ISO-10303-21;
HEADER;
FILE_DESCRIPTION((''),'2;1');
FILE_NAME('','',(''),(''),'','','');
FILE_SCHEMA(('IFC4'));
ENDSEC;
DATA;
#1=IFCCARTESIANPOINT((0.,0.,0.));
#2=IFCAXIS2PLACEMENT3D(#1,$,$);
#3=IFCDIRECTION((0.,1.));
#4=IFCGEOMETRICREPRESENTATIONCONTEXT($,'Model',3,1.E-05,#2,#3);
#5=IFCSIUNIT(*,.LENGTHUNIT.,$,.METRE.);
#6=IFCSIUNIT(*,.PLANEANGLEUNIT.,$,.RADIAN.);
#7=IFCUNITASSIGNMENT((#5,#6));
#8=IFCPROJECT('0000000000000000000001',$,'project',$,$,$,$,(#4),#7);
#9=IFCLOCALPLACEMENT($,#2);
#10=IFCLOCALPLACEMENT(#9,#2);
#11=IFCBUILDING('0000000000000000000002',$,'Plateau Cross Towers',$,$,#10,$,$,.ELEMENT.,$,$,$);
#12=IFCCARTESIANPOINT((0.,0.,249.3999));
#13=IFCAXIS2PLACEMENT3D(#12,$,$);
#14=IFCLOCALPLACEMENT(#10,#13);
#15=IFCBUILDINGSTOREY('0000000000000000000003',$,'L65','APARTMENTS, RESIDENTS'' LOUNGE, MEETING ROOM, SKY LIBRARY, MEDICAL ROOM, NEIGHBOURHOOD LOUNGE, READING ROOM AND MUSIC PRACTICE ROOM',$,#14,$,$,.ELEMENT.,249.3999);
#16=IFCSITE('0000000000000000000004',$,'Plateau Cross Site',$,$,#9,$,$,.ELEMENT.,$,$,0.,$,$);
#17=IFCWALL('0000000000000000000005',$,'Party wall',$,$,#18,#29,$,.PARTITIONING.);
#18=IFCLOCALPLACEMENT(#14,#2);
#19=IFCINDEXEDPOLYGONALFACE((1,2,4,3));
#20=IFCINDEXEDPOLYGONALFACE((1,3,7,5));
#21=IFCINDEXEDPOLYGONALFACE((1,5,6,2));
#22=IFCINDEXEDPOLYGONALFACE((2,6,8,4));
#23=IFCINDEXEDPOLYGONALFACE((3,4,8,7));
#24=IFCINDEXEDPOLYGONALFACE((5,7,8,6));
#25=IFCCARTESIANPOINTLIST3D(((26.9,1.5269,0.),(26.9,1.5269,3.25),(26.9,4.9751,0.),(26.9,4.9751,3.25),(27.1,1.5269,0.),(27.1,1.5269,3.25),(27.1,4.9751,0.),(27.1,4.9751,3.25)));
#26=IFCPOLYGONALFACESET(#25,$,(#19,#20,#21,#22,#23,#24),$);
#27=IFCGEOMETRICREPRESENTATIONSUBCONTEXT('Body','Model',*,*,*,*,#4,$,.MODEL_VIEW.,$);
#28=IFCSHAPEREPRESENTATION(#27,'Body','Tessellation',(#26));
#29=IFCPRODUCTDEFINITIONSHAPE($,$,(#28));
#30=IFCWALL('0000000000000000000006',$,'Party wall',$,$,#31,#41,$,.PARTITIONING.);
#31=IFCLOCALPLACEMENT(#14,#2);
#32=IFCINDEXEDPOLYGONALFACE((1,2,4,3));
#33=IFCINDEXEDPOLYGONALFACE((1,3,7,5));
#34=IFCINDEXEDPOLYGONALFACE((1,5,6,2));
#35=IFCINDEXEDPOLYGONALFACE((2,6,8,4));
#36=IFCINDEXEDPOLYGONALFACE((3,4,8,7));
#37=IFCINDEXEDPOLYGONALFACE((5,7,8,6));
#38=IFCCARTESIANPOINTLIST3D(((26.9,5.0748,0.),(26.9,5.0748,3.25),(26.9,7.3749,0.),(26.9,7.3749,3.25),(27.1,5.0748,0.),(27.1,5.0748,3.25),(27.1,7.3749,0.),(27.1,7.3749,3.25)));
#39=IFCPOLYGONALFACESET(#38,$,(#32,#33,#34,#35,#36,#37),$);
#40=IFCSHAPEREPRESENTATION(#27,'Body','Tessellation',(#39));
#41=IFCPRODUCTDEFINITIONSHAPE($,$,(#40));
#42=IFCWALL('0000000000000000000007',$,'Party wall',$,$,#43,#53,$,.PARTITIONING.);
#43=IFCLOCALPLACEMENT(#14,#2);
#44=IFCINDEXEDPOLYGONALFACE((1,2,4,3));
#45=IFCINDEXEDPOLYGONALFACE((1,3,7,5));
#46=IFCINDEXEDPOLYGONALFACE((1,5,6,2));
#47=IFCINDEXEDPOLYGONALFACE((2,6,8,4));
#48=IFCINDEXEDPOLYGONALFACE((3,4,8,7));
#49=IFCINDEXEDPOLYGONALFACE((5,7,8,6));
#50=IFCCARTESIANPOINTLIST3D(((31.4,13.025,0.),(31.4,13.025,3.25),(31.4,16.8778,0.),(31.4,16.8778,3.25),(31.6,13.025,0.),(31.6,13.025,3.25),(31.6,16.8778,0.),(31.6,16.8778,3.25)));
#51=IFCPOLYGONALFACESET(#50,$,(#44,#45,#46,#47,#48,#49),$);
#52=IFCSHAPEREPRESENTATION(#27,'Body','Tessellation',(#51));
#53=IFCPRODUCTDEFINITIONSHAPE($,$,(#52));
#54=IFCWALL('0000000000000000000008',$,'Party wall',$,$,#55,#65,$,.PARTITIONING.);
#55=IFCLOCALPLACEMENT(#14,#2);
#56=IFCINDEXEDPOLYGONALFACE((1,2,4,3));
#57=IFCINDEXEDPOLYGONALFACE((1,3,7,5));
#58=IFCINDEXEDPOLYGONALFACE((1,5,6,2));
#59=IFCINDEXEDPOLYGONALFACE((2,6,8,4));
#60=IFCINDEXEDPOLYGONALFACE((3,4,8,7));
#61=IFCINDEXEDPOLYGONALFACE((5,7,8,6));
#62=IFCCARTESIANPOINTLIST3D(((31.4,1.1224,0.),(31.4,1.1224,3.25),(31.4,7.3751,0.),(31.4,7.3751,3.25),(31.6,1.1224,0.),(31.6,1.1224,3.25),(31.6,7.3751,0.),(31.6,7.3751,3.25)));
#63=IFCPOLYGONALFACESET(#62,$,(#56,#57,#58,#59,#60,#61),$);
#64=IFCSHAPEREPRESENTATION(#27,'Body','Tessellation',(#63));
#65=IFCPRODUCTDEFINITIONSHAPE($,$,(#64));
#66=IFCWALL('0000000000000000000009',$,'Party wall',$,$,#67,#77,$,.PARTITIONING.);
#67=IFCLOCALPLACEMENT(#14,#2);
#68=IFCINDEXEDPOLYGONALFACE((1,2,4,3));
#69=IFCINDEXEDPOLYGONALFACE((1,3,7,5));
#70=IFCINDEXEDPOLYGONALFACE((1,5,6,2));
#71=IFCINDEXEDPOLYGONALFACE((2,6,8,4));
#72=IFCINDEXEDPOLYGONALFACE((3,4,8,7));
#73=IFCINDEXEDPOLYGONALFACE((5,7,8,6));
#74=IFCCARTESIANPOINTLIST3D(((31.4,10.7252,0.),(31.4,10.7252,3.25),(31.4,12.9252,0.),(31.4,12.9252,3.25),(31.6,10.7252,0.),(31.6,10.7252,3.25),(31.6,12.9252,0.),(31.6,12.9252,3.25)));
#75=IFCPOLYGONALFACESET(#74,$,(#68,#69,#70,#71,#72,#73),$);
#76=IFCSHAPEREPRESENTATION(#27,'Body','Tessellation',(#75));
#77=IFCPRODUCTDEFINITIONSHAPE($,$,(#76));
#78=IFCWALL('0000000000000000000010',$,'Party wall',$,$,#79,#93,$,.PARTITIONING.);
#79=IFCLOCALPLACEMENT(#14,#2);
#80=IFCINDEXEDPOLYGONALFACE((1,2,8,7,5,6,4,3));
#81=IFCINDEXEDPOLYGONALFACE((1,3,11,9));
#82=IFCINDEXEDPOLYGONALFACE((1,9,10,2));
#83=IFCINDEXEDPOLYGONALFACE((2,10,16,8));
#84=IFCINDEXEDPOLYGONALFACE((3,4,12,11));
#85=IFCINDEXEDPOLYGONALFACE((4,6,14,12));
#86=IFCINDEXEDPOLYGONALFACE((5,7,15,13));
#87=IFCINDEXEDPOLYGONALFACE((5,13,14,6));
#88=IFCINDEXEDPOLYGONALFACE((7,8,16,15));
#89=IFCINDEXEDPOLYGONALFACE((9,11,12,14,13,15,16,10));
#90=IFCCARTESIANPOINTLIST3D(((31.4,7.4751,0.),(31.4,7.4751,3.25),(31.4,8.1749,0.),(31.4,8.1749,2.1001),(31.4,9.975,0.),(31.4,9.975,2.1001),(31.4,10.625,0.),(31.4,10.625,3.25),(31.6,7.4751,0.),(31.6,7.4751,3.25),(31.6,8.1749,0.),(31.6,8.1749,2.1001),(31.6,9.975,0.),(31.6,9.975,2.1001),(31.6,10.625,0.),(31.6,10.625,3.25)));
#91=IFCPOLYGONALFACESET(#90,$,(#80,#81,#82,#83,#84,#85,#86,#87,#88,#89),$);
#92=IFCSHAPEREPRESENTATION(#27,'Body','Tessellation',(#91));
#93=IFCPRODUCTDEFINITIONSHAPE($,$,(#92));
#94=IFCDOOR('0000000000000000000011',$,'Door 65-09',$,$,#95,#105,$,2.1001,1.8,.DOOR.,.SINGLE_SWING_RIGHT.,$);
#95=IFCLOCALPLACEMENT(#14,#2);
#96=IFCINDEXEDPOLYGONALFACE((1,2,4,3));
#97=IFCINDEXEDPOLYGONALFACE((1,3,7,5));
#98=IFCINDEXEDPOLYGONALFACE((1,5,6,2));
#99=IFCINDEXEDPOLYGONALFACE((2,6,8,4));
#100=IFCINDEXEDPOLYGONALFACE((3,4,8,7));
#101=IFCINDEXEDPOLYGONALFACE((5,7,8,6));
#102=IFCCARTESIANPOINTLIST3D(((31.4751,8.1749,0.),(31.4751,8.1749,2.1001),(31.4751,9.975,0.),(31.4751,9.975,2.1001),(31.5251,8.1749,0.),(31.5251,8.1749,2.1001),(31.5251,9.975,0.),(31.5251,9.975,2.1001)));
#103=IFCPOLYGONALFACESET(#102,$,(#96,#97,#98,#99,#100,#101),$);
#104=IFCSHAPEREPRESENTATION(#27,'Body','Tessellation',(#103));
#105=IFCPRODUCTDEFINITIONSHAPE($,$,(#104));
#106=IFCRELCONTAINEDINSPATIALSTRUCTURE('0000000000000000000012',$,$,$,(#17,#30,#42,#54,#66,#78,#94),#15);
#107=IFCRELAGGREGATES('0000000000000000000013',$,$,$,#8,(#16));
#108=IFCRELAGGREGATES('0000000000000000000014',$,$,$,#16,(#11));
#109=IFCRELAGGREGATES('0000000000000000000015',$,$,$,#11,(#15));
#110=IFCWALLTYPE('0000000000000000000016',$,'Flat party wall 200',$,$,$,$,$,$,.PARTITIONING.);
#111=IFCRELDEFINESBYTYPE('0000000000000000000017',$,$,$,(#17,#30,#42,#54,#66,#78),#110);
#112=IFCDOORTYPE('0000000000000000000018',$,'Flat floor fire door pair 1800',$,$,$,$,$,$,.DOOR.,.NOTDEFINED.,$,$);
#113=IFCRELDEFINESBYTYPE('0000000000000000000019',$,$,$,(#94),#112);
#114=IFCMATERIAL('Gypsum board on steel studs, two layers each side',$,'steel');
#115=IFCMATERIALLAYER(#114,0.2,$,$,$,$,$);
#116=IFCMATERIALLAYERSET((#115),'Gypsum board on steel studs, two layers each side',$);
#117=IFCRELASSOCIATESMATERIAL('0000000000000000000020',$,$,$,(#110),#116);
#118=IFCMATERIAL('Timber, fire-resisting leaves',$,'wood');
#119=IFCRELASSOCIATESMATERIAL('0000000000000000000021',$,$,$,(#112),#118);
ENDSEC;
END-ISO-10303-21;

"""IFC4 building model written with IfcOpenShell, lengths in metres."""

from ifc_helpers import new_model, si_unit, direction, frame, frame_2d, origin, place, context, subcontext, project, spatial, rectangle, extrude, material, layer, layer_set, type_object, element, fill, save


model = new_model("IFC4")

# Units and contexts
model_context = context("Model", 3, precision=1e-05, world=origin(), true_north=direction((0.0, 1.0)))
body_context = subcontext(model_context, "Body", "Model", "MODEL_VIEW")
ifc_project = project(units=[si_unit("LENGTHUNIT", "METRE"), si_unit("PLANEANGLEUNIT", "RADIAN")], contexts=[model_context])

# Site, building, storey
site_placement = place(None, origin())
site = spatial("IfcSite", under=ifc_project, at=site_placement, Name="Plateau Cross Site", CompositionType="ELEMENT", RefElevation=0.0)
building_placement = place(site_placement, origin())
building = spatial("IfcBuilding", under=site, at=building_placement, Name="Plateau Cross Towers", CompositionType="ELEMENT")
storey_placement = place(building_placement, frame((0.0, 0.0, 249.3999)))
storey = spatial("IfcBuildingStorey", under=building, at=storey_placement, Name="L65", Description="APARTMENTS, RESIDENTS' LOUNGE, MEETING ROOM, SKY LIBRARY, MEDICAL ROOM, NEIGHBOURHOOD LOUNGE, READING ROOM AND MUSIC PRACTICE ROOM", CompositionType="ELEMENT", Elevation=249.3999)

# Walls
ifc_material_1 = material(Name="Gypsum board on steel studs, two layers each side", Category="steel")
ifc_layer_1 = layer(ifc_material_1, 0.2)
ifc_layer_set_1 = layer_set([ifc_layer_1], Name="Gypsum board on steel studs, two layers each side")
wall_type_1 = type_object("IfcWallType", Name="Flat party wall 200", PredefinedType="PARTITIONING", material=ifc_layer_set_1)
wall_1_placement = place(storey_placement, frame((27.0, 4.9751, 0.0), z_axis=(0.0, 0.0, 1.0), x_axis=(0.0, -1.0, 0.0)))
element("IfcWall", 1, at=wall_1_placement, inside=storey, type_object=wall_type_1, Name="Party wall", PredefinedType="PARTITIONING", context=body_context, shape_type="SweptSolid", body=[
    extrude(rectangle(XDim=3.4482, YDim=0.2, at=frame_2d((1.7241, 0.0))), origin(), (0.0, 0.0, 1.0), 3.25),
])
wall_2_placement = place(storey_placement, frame((27.0, 5.075, 0.0), z_axis=(0.0, 0.0, 1.0), x_axis=(0.0, 1.0, 0.0)))
element("IfcWall", 2, at=wall_2_placement, inside=storey, type_object=wall_type_1, Name="Party wall", PredefinedType="PARTITIONING", context=body_context, shape_type="SweptSolid", body=[
    extrude(rectangle(XDim=2.3, YDim=0.2, at=frame_2d((1.1499, 0.0))), origin(), (0.0, 0.0, 1.0), 3.25),
])
wall_3_placement = place(storey_placement, frame((31.5, 16.8777, 0.0), z_axis=(0.0, 0.0, 1.0), x_axis=(0.0, -1.0, 0.0)))
element("IfcWall", 3, at=wall_3_placement, inside=storey, type_object=wall_type_1, Name="Party wall", PredefinedType="PARTITIONING", context=body_context, shape_type="SweptSolid", body=[
    extrude(rectangle(XDim=3.8528, YDim=0.2, at=frame_2d((1.9263, 0.0))), origin(), (0.0, 0.0, 1.0), 3.25),
])
wall_4_placement = place(storey_placement, frame((31.5, 1.1223, 0.0), z_axis=(0.0, 0.0, 1.0), x_axis=(0.0, 1.0, 0.0)))
element("IfcWall", 4, at=wall_4_placement, inside=storey, type_object=wall_type_1, Name="Party wall", PredefinedType="PARTITIONING", context=body_context, shape_type="SweptSolid", body=[
    extrude(rectangle(XDim=6.2527, YDim=0.2, at=frame_2d((3.1265, 0.0))), origin(), (0.0, 0.0, 1.0), 3.25),
])
wall_5_placement = place(storey_placement, frame((31.5, 10.7251, 0.0), z_axis=(0.0, 0.0, 1.0), x_axis=(0.0, 1.0, 0.0)))
element("IfcWall", 5, at=wall_5_placement, inside=storey, type_object=wall_type_1, Name="Party wall", PredefinedType="PARTITIONING", context=body_context, shape_type="SweptSolid", body=[
    extrude(rectangle(XDim=2.2, YDim=0.2, at=frame_2d((1.1001, 0.0))), origin(), (0.0, 0.0, 1.0), 3.25),
])

# Wall, opening, door
wall_6_placement = place(storey_placement, frame((31.5, 7.4751, 0.0), z_axis=(0.0, 0.0, 1.0), x_axis=(0.0, 1.0, 0.0)))
wall_6 = element("IfcWall", 6, at=wall_6_placement, inside=storey, type_object=wall_type_1, Name="Party wall", PredefinedType="PARTITIONING", context=body_context, shape_type="SweptSolid", body=[
    extrude(rectangle(XDim=3.1499, YDim=0.2, at=frame_2d((1.575, 0.0))), origin(), (0.0, 0.0, 1.0), 3.25),
])
opening_1_placement = place(wall_6_placement, frame((0.7, 0.0, 0.0)))
opening_1 = element("IfcOpeningElement", 7, at=opening_1_placement, cuts=wall_6, PredefinedType="OPENING", context=body_context, shape_type="SweptSolid", body=[
    extrude(rectangle(XDim=1.8, YDim=2.1001, at=frame_2d((0.8999, 1.05))), frame((0.0, 0.1099, 0.0), z_axis=(0.0, -1.0, 0.0), x_axis=(1.0, 0.0, 0.0)), (0.0, 0.0, 1.0), 0.22),
])
ifc_material_2 = material(Name="Timber, fire-resisting leaves", Category="wood")
door_type_1 = type_object("IfcDoorType", Name="Flat floor fire door pair 1800", OperationType="NOTDEFINED", PredefinedType="DOOR", material=ifc_material_2)
door_1_placement = place(opening_1_placement, origin())
door_1 = element("IfcDoor", 8, at=door_1_placement, inside=storey, type_object=door_type_1, Name="Door 65-09", OperationType="SINGLE_SWING_RIGHT", OverallHeight=2.1001, OverallWidth=1.8, PredefinedType="DOOR", context=body_context, shape_type="SweptSolid", body=[
    extrude(rectangle(XDim=1.8, YDim=2.1001, at=frame_2d((0.8999, 1.05))), frame((0.0, 0.0249, 0.0), z_axis=(0.0, -1.0, 0.0), x_axis=(1.0, 0.0, 0.0)), (0.0, 0.0, 1.0), 0.05),
])
fill(opening_1, door_1)

save(model, "model.ifc")
